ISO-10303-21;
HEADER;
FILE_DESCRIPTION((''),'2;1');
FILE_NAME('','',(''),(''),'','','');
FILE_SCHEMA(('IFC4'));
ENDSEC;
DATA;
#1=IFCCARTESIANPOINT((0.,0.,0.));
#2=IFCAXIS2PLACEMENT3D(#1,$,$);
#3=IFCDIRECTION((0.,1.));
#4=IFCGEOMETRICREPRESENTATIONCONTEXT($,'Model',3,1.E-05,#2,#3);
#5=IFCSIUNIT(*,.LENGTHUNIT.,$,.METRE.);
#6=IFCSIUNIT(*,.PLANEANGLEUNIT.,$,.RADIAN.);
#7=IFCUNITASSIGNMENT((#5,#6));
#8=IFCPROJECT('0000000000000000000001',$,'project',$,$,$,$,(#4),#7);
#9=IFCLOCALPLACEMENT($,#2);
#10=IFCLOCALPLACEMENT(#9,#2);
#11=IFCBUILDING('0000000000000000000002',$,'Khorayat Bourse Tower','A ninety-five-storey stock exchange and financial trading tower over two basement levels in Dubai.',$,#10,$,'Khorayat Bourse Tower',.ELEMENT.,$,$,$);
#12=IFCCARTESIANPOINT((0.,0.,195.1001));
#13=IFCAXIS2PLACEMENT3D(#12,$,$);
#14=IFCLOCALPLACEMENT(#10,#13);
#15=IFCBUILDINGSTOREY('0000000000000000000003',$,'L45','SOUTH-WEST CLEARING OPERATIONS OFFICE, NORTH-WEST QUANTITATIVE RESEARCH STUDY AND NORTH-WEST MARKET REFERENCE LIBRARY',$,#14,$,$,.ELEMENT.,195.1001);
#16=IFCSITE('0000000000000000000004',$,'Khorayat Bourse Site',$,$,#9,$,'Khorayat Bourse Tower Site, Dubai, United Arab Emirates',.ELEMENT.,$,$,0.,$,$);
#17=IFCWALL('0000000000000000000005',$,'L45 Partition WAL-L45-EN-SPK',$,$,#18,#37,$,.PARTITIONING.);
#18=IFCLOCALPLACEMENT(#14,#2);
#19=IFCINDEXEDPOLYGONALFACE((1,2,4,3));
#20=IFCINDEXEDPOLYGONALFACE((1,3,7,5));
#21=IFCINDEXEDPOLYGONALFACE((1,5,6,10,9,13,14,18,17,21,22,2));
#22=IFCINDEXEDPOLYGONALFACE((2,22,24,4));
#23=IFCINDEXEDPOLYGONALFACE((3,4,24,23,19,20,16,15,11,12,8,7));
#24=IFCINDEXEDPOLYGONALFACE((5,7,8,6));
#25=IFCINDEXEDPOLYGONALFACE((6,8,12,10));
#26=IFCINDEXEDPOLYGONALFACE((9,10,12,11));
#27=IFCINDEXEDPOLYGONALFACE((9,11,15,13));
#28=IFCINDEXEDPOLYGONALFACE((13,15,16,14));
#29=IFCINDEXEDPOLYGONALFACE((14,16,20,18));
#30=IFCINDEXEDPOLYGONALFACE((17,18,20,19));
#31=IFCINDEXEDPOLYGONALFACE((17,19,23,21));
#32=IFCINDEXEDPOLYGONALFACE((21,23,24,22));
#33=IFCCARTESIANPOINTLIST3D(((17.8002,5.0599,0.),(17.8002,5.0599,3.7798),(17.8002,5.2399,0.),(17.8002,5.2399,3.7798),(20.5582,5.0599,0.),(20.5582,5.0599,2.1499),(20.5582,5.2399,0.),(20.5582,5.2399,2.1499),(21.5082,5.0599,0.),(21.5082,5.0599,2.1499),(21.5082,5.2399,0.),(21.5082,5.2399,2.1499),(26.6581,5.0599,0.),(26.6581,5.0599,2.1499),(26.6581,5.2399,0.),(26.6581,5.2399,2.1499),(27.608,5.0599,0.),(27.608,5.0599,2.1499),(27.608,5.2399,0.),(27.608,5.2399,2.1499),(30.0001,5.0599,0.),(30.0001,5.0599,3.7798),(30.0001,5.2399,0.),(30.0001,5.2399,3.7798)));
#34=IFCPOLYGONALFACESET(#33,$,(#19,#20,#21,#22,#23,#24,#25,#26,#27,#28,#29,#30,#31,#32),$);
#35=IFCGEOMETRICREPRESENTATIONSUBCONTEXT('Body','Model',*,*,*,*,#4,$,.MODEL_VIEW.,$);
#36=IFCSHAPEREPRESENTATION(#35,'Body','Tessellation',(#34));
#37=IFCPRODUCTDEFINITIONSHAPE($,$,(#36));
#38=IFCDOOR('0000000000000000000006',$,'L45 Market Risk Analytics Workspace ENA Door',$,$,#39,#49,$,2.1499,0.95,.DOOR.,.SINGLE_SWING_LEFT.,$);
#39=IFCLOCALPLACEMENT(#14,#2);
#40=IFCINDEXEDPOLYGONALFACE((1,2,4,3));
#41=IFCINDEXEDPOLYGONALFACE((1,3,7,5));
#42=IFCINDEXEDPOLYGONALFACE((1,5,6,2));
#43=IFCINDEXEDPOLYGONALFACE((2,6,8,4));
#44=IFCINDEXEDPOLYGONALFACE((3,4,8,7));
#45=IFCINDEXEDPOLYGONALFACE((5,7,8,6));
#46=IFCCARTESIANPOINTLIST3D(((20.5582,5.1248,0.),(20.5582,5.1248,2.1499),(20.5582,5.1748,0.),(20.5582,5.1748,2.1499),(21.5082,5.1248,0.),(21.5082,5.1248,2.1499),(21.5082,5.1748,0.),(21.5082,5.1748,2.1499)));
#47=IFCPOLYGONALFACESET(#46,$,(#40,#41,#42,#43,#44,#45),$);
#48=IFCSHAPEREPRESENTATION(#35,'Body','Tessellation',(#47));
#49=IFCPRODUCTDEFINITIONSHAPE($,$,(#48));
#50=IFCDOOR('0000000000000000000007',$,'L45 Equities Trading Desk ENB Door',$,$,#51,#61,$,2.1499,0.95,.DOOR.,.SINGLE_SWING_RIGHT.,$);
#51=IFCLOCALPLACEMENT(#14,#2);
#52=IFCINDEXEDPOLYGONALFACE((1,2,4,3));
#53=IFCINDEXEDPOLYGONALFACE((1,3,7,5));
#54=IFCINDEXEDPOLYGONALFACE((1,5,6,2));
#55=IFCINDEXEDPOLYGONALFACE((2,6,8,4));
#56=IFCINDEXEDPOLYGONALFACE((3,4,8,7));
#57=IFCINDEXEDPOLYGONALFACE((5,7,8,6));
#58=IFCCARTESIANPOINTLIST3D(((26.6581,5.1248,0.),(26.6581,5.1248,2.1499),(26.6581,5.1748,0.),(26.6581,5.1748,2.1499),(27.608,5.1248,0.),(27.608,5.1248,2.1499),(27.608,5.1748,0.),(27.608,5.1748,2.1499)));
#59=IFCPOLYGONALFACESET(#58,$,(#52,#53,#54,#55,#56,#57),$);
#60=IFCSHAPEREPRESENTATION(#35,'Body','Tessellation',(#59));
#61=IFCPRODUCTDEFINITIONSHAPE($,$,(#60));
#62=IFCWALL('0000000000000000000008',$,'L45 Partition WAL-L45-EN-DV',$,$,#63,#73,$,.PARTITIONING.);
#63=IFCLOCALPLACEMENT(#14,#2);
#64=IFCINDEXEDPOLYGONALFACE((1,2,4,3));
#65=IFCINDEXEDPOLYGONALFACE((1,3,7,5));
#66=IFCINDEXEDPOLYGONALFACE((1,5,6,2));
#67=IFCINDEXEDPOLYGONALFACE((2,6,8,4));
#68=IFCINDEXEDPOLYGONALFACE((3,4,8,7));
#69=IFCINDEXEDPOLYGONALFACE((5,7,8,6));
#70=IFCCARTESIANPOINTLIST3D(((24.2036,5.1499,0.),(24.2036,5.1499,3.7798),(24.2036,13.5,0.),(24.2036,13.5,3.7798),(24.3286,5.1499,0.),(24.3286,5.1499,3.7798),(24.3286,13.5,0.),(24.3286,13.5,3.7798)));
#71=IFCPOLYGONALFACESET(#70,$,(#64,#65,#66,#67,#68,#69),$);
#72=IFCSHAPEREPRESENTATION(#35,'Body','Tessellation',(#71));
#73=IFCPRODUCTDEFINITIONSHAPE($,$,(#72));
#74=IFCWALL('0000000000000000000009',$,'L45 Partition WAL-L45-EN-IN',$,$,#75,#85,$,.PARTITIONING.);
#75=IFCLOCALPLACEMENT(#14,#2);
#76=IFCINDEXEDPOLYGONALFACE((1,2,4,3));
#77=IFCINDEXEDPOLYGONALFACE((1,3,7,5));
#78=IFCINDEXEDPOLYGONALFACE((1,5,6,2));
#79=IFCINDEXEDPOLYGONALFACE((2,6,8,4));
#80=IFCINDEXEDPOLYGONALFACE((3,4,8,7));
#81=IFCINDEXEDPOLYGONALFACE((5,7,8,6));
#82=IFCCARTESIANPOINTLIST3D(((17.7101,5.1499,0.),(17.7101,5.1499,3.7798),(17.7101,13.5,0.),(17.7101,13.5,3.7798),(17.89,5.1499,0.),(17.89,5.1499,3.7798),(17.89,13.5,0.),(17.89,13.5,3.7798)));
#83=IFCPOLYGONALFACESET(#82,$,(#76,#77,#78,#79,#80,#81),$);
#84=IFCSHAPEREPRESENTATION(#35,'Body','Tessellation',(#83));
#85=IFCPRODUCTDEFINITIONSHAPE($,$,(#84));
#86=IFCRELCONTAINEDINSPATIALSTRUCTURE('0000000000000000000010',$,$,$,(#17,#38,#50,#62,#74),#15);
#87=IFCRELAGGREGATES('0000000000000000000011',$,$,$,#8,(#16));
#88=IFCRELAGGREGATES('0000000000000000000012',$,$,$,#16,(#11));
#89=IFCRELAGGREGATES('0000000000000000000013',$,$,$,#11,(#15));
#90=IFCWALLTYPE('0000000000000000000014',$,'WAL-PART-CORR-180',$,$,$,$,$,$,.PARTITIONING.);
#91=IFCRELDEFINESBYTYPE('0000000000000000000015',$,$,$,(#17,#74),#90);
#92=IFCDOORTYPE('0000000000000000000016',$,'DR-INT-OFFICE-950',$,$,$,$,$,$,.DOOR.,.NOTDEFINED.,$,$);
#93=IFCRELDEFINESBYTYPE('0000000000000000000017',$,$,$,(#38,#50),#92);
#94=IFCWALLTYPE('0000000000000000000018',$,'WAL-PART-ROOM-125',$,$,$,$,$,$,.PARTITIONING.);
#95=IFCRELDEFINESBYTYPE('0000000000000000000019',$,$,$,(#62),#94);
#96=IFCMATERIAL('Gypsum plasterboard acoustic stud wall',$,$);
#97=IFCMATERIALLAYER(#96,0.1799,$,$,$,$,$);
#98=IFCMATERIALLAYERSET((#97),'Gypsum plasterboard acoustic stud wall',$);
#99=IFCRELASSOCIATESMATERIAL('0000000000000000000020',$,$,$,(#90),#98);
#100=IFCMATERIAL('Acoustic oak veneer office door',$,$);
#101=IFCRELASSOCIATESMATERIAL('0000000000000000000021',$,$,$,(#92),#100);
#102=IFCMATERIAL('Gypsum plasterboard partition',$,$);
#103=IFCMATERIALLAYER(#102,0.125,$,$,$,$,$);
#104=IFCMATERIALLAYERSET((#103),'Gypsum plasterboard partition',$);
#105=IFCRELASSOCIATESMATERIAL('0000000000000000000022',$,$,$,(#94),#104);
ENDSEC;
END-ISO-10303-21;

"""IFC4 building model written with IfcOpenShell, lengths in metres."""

from ifc_helpers import new_model, si_unit, direction, frame, frame_2d, origin, place, context, subcontext, project, spatial, rectangle, extrude, source, transform, mapped, material, layer, layer_set, type_object, element, fill, save


model = new_model("IFC4")

# Units and contexts
model_context = context("Model", 3, precision=1e-05, world=origin(), true_north=direction((0.0, 1.0)))
body_context = subcontext(model_context, "Body", "Model", "MODEL_VIEW")
ifc_project = project(units=[si_unit("LENGTHUNIT", "METRE"), si_unit("PLANEANGLEUNIT", "RADIAN")], contexts=[model_context])

# Site, building, storey
site_placement = place(None, origin())
site = spatial("IfcSite", under=ifc_project, at=site_placement, Name="Khorayat Bourse Site", LongName="Khorayat Bourse Tower Site, Dubai, United Arab Emirates", CompositionType="ELEMENT", RefElevation=0.0)
building_placement = place(site_placement, origin())
building = spatial("IfcBuilding", under=site, at=building_placement, Name="Khorayat Bourse Tower", Description="A ninety-five-storey stock exchange and financial trading tower over two basement levels in Dubai.", LongName="Khorayat Bourse Tower", CompositionType="ELEMENT")
storey_placement = place(building_placement, frame((0.0, 0.0, 195.1001)))
storey = spatial("IfcBuildingStorey", under=building, at=storey_placement, Name="L45", Description="SOUTH-WEST CLEARING OPERATIONS OFFICE, NORTH-WEST QUANTITATIVE RESEARCH STUDY AND NORTH-WEST MARKET REFERENCE LIBRARY", CompositionType="ELEMENT", Elevation=195.1001)

# Shared definitions
ifc_material_1 = material(Name="Gypsum plasterboard acoustic stud wall")
ifc_layer_1 = layer(ifc_material_1, 0.1799)
ifc_layer_set_1 = layer_set([ifc_layer_1], Name="Gypsum plasterboard acoustic stud wall")
wall_type_1 = type_object("IfcWallType", Name="WAL-PART-CORR-180", PredefinedType="PARTITIONING", material=ifc_layer_set_1)

# Shared definitions
shared_shape_1 = source(origin(), body_context, "Body", "SweptSolid", [
    extrude(rectangle(XDim=12.2, YDim=0.1799, at=frame_2d((6.1001, 0.0))), origin(), (0.0, 0.0, 1.0), 3.7798),
])
shared_shape_2 = source(origin(), body_context, "Body", "SweptSolid", [
    extrude(rectangle(XDim=0.95, YDim=2.1499, at=frame_2d((0.4751, 1.075))), frame((0.0, 0.0999, 0.0), z_axis=(0.0, -1.0, 0.0), x_axis=(1.0, 0.0, 0.0)), (0.0, 0.0, 1.0), 0.2),
])
ifc_material_2 = material(Name="Acoustic oak veneer office door")
door_type = type_object("IfcDoorType", Name="DR-INT-OFFICE-950", OperationType="NOTDEFINED", PredefinedType="DOOR", material=ifc_material_2)
shared_shape_3 = source(origin(), body_context, "Body", "SweptSolid", [
    extrude(rectangle(XDim=0.95, YDim=2.1499, at=frame_2d((0.4751, 1.075))), frame((0.0, 0.0249, 0.0), z_axis=(0.0, -1.0, 0.0), x_axis=(1.0, 0.0, 0.0)), (0.0, 0.0, 1.0), 0.05),
])

# Wall, openings, doors
wall_1_placement = place(storey_placement, frame((17.8, 5.1499, 0.0), z_axis=(0.0, 0.0, 1.0), x_axis=(1.0, 0.0, 0.0)))
wall_1 = element("IfcWall", 1, at=wall_1_placement, inside=storey, type_object=wall_type_1, Name="L45 Partition WAL-L45-EN-SPK", PredefinedType="PARTITIONING", context=body_context, shape_type="MappedRepresentation", body=[
    mapped(shared_shape_1, transform((0.0, 0.0, 0.0), scale=1.0)),
])
opening_1_placement = place(wall_1_placement, frame((2.7581, 0.0, 0.0)))
opening_1 = element("IfcOpeningElement", 2, at=opening_1_placement, cuts=wall_1, PredefinedType="OPENING", context=body_context, shape_type="MappedRepresentation", body=[
    mapped(shared_shape_2, transform((0.0, 0.0, 0.0), scale=1.0)),
])
opening_2_placement = place(wall_1_placement, frame((8.8579, 0.0, 0.0)))
opening_2 = element("IfcOpeningElement", 3, at=opening_2_placement, cuts=wall_1, PredefinedType="OPENING", context=body_context, shape_type="MappedRepresentation", body=[
    mapped(shared_shape_2, transform((0.0, 0.0, 0.0), scale=1.0)),
])
door_1_placement = place(opening_1_placement, origin())
door_1 = element("IfcDoor", 4, at=door_1_placement, inside=storey, type_object=door_type, Name="L45 Market Risk Analytics Workspace ENA Door", OperationType="SINGLE_SWING_LEFT", OverallHeight=2.1499, OverallWidth=0.95, PredefinedType="DOOR", context=body_context, shape_type="MappedRepresentation", body=[
    mapped(shared_shape_3, transform((0.0, 0.0, 0.0), scale=1.0)),
])
fill(opening_1, door_1)
door_2_placement = place(opening_2_placement, origin())
door_2 = element("IfcDoor", 5, at=door_2_placement, inside=storey, type_object=door_type, Name="L45 Equities Trading Desk ENB Door", OperationType="SINGLE_SWING_RIGHT", OverallHeight=2.1499, OverallWidth=0.95, PredefinedType="DOOR", context=body_context, shape_type="MappedRepresentation", body=[
    mapped(shared_shape_3, transform((0.0, 0.0, 0.0), scale=1.0)),
])
fill(opening_2, door_2)

# Walls
ifc_material_3 = material(Name="Gypsum plasterboard partition")
ifc_layer_2 = layer(ifc_material_3, 0.125)
ifc_layer_set_2 = layer_set([ifc_layer_2], Name="Gypsum plasterboard partition")
wall_type_2 = type_object("IfcWallType", Name="WAL-PART-ROOM-125", PredefinedType="PARTITIONING", material=ifc_layer_set_2)
shared_shape_4 = source(origin(), body_context, "Body", "SweptSolid", [
    extrude(rectangle(XDim=8.3501, YDim=0.125, at=frame_2d((4.175, 0.0))), origin(), (0.0, 0.0, 1.0), 3.7798),
])
wall_2_placement = place(storey_placement, frame((24.2661, 5.1499, 0.0), z_axis=(0.0, 0.0, 1.0), x_axis=(0.0, 1.0, 0.0)))
element("IfcWall", 6, at=wall_2_placement, inside=storey, type_object=wall_type_2, Name="L45 Partition WAL-L45-EN-DV", PredefinedType="PARTITIONING", context=body_context, shape_type="MappedRepresentation", body=[
    mapped(shared_shape_4, transform((0.0, 0.0, 0.0), scale=1.0)),
])
shared_shape_5 = source(origin(), body_context, "Body", "SweptSolid", [
    extrude(rectangle(XDim=8.3501, YDim=0.1799, at=frame_2d((4.175, 0.0))), origin(), (0.0, 0.0, 1.0), 3.7798),
])
wall_3_placement = place(storey_placement, frame((17.8, 5.1499, 0.0), z_axis=(0.0, 0.0, 1.0), x_axis=(0.0, 1.0, 0.0)))
element("IfcWall", 7, at=wall_3_placement, inside=storey, type_object=wall_type_1, Name="L45 Partition WAL-L45-EN-IN", PredefinedType="PARTITIONING", context=body_context, shape_type="MappedRepresentation", body=[
    mapped(shared_shape_5, transform((0.0, 0.0, 0.0), scale=1.0)),
])

save(model, "model.ifc")
